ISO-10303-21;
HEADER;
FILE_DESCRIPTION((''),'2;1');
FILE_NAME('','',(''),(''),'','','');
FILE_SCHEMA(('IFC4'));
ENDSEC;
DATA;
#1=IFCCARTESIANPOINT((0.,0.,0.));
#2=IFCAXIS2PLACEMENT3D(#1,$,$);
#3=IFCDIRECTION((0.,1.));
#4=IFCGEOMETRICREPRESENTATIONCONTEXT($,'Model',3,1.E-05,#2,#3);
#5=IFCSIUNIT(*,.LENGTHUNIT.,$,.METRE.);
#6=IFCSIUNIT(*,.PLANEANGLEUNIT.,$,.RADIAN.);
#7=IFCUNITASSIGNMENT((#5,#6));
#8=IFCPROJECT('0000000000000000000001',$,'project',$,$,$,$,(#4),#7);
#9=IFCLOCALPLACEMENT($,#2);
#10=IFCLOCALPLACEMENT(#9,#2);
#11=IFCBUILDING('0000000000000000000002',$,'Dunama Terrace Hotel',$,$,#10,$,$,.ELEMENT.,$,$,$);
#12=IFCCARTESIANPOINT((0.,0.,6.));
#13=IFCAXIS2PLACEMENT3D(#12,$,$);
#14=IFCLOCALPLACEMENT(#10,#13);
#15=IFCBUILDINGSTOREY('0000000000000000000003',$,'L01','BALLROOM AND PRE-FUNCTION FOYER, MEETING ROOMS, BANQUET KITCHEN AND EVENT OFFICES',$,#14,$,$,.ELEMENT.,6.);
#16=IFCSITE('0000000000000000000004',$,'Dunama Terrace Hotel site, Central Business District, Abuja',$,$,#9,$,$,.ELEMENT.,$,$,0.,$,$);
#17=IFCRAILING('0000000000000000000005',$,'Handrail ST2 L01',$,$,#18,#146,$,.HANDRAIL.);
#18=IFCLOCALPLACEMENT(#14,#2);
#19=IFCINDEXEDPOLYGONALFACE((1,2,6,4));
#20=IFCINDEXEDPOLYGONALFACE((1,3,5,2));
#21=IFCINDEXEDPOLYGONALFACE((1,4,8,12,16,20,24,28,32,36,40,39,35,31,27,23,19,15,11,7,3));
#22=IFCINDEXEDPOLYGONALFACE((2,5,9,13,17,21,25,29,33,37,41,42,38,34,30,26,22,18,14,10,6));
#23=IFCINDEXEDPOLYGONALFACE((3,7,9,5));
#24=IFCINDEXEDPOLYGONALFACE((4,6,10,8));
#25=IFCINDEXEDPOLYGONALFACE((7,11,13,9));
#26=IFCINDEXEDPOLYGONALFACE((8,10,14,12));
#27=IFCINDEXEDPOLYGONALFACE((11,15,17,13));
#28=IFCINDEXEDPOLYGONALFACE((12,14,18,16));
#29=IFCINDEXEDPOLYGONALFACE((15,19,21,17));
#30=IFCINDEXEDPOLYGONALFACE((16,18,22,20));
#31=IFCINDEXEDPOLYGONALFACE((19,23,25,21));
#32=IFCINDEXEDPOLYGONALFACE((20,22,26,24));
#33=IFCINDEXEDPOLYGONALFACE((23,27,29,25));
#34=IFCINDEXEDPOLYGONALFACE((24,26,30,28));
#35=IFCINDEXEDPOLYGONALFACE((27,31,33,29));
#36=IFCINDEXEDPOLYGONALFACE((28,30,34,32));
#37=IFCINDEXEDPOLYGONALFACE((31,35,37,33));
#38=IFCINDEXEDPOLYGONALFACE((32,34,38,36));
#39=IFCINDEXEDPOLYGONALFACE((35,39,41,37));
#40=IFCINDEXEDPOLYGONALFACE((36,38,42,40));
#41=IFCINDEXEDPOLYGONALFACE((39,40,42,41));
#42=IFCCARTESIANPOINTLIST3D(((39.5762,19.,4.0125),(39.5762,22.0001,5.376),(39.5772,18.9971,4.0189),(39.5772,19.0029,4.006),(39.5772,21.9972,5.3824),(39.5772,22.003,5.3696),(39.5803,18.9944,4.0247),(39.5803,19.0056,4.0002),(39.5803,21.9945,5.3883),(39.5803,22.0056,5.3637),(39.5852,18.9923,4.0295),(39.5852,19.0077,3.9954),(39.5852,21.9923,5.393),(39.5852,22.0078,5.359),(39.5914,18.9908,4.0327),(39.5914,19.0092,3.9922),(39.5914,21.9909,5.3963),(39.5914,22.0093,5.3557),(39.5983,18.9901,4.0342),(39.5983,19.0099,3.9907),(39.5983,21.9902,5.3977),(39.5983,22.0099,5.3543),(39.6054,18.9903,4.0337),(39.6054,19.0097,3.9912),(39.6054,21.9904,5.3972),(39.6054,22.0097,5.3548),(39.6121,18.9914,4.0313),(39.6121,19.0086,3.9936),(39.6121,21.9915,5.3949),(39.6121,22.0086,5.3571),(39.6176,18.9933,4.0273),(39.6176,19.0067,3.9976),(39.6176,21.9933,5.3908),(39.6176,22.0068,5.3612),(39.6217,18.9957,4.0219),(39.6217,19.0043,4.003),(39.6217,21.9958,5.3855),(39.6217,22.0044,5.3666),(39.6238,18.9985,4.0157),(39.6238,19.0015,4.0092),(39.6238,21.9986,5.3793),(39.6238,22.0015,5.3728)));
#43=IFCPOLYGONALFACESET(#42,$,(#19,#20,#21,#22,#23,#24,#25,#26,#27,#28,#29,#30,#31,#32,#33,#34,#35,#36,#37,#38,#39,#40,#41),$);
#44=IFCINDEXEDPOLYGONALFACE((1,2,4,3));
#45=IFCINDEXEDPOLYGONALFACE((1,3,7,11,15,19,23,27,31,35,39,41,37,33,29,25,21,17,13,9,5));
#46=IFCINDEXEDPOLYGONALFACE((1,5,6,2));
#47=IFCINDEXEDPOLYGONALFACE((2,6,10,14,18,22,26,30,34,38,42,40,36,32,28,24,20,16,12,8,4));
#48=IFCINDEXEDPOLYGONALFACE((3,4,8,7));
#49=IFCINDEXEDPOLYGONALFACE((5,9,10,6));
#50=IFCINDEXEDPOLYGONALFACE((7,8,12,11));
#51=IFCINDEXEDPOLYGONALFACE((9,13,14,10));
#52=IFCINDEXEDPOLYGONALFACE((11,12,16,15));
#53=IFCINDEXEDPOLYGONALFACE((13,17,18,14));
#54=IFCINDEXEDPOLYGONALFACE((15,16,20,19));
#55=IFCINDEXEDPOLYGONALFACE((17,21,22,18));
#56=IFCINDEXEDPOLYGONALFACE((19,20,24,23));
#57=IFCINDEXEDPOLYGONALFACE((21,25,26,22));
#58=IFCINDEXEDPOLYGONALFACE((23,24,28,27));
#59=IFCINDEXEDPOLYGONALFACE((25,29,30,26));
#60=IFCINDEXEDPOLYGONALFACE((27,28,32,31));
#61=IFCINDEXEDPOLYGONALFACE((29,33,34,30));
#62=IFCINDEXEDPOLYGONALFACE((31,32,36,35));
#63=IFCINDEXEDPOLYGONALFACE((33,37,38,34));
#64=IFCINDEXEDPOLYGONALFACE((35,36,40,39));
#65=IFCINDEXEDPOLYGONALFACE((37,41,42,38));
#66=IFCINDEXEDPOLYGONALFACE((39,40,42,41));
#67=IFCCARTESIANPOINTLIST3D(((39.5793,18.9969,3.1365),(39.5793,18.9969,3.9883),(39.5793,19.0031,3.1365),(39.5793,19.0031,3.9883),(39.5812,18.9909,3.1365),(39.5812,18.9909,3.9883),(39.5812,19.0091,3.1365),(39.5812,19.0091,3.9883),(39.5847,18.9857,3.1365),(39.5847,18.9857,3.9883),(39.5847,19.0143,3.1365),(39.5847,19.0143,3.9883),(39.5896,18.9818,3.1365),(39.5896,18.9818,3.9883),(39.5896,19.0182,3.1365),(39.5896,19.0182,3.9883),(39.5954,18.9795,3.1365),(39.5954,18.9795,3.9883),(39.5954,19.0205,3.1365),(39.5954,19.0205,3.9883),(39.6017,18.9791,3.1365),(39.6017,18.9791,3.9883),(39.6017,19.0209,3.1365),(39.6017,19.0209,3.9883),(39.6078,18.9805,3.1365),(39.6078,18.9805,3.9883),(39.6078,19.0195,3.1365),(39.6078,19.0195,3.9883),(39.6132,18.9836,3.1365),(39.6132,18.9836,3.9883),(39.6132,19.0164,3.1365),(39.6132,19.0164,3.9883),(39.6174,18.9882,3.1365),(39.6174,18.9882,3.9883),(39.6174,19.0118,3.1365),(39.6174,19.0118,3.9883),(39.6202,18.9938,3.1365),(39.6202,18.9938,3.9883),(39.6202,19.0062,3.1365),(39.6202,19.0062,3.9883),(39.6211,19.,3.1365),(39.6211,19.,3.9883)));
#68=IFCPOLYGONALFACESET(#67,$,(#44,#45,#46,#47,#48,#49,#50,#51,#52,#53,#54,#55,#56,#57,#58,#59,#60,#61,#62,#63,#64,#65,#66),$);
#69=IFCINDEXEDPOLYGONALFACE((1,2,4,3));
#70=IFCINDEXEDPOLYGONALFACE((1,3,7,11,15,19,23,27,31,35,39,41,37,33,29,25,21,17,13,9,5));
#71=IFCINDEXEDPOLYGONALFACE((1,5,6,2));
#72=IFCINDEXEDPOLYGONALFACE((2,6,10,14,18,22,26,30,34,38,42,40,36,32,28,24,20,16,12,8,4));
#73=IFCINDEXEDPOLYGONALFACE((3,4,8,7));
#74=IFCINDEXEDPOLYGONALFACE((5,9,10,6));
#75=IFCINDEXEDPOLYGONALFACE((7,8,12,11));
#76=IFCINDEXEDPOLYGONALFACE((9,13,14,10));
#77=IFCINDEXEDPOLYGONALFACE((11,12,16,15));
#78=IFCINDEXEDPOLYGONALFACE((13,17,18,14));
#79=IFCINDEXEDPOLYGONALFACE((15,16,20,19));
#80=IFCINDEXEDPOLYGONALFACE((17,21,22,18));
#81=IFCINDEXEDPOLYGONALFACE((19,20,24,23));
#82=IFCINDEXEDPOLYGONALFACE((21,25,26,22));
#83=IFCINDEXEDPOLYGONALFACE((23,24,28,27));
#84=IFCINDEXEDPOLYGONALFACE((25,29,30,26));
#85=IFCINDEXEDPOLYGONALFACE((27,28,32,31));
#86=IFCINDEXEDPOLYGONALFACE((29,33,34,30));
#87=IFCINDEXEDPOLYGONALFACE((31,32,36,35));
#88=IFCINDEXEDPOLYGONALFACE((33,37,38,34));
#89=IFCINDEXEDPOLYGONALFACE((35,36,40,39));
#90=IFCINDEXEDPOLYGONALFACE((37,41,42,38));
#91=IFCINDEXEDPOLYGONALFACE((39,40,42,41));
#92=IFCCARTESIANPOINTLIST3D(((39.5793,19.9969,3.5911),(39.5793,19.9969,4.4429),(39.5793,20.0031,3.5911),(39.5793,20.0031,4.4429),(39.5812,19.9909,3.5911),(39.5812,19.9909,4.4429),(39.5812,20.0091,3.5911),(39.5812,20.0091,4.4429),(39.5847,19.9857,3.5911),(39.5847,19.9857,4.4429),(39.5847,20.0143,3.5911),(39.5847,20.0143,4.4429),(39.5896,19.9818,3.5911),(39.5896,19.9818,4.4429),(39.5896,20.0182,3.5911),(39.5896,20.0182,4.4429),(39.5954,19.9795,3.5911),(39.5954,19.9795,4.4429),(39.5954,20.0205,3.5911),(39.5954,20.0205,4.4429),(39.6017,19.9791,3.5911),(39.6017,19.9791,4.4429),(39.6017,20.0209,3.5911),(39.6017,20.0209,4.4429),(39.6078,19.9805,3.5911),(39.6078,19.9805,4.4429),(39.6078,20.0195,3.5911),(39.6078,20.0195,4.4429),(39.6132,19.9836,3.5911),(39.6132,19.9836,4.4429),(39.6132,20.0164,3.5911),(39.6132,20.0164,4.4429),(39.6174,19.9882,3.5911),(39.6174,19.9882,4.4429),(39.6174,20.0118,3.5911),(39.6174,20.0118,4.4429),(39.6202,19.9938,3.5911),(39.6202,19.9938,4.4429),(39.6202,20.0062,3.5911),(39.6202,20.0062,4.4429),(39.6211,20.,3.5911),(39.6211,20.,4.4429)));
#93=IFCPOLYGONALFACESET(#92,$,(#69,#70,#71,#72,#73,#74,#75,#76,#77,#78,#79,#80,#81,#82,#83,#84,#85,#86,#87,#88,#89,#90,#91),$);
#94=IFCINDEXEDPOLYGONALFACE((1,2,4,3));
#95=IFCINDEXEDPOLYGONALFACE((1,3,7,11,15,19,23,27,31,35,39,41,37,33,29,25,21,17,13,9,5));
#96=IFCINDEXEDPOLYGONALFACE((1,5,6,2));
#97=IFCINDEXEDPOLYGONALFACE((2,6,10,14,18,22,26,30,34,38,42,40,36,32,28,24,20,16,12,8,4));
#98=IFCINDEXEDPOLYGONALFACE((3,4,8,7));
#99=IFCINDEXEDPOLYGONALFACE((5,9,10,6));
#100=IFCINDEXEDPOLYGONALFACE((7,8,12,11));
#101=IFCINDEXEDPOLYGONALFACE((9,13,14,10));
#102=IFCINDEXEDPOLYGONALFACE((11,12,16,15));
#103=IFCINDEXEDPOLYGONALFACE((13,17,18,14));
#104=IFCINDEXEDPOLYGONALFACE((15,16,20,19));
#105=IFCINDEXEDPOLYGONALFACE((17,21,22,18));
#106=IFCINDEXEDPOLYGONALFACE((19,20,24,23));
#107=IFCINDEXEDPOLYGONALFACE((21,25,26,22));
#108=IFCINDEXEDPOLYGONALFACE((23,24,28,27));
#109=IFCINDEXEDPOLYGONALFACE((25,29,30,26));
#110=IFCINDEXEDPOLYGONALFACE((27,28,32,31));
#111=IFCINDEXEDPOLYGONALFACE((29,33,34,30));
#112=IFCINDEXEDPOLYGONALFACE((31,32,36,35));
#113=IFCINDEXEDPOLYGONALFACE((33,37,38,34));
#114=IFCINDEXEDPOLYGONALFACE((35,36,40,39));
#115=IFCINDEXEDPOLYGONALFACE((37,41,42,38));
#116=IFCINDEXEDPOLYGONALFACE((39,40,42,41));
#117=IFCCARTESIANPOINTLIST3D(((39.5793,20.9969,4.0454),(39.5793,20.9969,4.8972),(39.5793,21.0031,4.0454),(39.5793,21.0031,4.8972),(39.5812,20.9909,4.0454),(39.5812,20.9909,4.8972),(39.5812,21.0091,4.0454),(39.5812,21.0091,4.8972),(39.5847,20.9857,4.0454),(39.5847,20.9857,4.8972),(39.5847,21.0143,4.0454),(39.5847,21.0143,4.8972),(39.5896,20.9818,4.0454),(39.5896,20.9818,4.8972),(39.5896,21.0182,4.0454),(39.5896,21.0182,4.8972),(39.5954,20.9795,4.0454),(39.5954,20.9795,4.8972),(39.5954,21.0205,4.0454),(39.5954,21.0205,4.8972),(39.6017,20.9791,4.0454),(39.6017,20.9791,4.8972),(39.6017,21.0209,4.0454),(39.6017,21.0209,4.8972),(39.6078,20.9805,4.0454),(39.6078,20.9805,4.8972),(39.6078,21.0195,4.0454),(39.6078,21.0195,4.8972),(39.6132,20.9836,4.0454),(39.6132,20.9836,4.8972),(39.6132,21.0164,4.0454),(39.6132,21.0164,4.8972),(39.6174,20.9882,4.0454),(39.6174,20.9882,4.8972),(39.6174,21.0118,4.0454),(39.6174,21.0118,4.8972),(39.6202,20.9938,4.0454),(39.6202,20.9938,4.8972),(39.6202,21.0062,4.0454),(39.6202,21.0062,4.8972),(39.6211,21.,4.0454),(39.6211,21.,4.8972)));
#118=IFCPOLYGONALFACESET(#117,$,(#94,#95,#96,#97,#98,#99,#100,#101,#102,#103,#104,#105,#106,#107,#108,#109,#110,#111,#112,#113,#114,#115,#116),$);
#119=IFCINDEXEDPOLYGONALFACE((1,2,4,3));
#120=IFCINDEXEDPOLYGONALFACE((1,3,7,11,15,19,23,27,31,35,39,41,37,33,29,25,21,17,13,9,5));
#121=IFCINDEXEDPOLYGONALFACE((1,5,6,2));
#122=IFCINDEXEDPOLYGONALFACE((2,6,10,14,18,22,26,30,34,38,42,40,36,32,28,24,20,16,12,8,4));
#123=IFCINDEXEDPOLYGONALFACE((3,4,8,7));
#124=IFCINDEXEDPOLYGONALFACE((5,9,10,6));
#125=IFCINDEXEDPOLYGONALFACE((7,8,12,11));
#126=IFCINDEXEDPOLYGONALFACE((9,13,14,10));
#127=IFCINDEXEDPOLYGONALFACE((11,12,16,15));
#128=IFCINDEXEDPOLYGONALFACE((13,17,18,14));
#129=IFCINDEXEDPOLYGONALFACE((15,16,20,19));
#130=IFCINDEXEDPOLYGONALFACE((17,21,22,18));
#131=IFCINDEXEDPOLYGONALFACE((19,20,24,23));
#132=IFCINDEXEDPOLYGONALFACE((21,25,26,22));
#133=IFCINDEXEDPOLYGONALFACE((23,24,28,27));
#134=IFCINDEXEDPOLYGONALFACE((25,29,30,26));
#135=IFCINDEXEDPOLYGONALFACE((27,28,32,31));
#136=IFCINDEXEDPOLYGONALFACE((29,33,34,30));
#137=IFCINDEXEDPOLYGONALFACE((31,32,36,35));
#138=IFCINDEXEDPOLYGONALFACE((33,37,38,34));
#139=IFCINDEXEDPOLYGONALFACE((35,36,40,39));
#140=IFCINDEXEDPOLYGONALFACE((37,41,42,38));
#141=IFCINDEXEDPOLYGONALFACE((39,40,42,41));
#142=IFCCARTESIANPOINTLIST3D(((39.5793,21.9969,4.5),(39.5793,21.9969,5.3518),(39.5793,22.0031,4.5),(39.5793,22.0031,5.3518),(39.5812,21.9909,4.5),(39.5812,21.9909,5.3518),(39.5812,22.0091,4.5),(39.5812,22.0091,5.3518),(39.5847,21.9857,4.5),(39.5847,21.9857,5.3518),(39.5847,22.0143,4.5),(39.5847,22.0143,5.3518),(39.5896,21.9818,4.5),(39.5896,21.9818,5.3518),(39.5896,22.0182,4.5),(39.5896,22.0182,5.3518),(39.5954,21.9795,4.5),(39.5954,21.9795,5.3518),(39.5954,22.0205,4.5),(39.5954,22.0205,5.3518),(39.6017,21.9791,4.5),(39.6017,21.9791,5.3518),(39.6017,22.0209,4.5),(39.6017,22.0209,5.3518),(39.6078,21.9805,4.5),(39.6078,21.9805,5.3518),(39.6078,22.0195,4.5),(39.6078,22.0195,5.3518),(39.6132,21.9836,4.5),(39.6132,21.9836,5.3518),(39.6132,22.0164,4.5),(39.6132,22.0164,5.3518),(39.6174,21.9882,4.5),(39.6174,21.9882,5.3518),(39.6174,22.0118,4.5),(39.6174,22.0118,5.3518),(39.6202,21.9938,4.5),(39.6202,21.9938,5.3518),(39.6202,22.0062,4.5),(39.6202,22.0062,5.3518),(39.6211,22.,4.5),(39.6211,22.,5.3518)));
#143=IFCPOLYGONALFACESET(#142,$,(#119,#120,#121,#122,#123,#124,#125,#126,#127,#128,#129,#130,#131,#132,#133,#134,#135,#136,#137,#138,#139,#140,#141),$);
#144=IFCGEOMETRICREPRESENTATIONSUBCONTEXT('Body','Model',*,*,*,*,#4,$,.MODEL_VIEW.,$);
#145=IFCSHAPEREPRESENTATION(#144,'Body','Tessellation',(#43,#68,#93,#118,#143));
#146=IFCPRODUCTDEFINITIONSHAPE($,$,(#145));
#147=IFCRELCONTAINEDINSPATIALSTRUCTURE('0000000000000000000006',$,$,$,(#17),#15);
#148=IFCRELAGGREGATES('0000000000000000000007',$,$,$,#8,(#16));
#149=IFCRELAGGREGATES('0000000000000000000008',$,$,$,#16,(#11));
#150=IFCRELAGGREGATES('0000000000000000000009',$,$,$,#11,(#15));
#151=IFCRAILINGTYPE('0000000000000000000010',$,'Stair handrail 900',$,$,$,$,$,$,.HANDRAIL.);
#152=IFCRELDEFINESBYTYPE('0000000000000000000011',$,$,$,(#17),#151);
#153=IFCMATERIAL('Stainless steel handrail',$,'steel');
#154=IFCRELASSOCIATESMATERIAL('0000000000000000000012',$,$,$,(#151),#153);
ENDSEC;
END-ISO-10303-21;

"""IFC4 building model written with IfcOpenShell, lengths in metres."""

from ifc_helpers import new_model, si_unit, direction, frame, origin, origin_2d, place, context, subcontext, project, spatial, circle, extrude, material, type_object, element, save


model = new_model("IFC4")

# Units and contexts
model_context = context("Model", 3, precision=1e-05, world=origin(), true_north=direction((0.0, 1.0)))
body_context = subcontext(model_context, "Body", "Model", "MODEL_VIEW")
ifc_project = project(units=[si_unit("LENGTHUNIT", "METRE"), si_unit("PLANEANGLEUNIT", "RADIAN")], contexts=[model_context])

# Site, building, storey
site_placement = place(None, origin())
site = spatial("IfcSite", under=ifc_project, at=site_placement, Name="Dunama Terrace Hotel site, Central Business District, Abuja", CompositionType="ELEMENT", RefElevation=0.0)
building_placement = place(site_placement, origin())
building = spatial("IfcBuilding", under=site, at=building_placement, Name="Dunama Terrace Hotel", CompositionType="ELEMENT")
storey_placement = place(building_placement, frame((0.0, 0.0, 6.0)))
storey = spatial("IfcBuildingStorey", under=building, at=storey_placement, Name="L01", Description="BALLROOM AND PRE-FUNCTION FOYER, MEETING ROOMS, BANQUET KITCHEN AND EVENT OFFICES", CompositionType="ELEMENT", Elevation=6.0)

# Railing
ifc_material_1 = material(Name="Stainless steel handrail", Category="steel")
railing_type = type_object("IfcRailingType", Name="Stair handrail 900", PredefinedType="HANDRAIL", material=ifc_material_1)
for number, where, name in (
    (1, (39.6001, 19.0, 3.1365), "Handrail ST2 L01"),
):
    element("IfcRailing", number, at=place(storey_placement, frame(where)), inside=storey, type_object=railing_type, Name=name, PredefinedType="HANDRAIL", context=body_context, shape_type="SweptSolid", body=[
        extrude(circle(Radius=0.0239, at=origin_2d()), frame((0.0, 0.0, 0.876), z_axis=(0.0, 0.910379, 0.413775), x_axis=(-1.0, 0.0, 0.0)), (0.0, 0.0, 1.0), 3.2954),
        extrude(circle(Radius=0.021, at=origin_2d()), origin(), (0.0, 0.0, 1.0), 0.8518),
        extrude(circle(Radius=0.021, at=origin_2d()), frame((0.0, 1.0, 0.4546)), (0.0, 0.0, 1.0), 0.8518),
        extrude(circle(Radius=0.021, at=origin_2d()), frame((0.0, 2.0, 0.9089)), (0.0, 0.0, 1.0), 0.8518),
        extrude(circle(Radius=0.021, at=origin_2d()), frame((0.0, 3.0, 1.3635)), (0.0, 0.0, 1.0), 0.8518),
    ])

save(model, "model.ifc")
